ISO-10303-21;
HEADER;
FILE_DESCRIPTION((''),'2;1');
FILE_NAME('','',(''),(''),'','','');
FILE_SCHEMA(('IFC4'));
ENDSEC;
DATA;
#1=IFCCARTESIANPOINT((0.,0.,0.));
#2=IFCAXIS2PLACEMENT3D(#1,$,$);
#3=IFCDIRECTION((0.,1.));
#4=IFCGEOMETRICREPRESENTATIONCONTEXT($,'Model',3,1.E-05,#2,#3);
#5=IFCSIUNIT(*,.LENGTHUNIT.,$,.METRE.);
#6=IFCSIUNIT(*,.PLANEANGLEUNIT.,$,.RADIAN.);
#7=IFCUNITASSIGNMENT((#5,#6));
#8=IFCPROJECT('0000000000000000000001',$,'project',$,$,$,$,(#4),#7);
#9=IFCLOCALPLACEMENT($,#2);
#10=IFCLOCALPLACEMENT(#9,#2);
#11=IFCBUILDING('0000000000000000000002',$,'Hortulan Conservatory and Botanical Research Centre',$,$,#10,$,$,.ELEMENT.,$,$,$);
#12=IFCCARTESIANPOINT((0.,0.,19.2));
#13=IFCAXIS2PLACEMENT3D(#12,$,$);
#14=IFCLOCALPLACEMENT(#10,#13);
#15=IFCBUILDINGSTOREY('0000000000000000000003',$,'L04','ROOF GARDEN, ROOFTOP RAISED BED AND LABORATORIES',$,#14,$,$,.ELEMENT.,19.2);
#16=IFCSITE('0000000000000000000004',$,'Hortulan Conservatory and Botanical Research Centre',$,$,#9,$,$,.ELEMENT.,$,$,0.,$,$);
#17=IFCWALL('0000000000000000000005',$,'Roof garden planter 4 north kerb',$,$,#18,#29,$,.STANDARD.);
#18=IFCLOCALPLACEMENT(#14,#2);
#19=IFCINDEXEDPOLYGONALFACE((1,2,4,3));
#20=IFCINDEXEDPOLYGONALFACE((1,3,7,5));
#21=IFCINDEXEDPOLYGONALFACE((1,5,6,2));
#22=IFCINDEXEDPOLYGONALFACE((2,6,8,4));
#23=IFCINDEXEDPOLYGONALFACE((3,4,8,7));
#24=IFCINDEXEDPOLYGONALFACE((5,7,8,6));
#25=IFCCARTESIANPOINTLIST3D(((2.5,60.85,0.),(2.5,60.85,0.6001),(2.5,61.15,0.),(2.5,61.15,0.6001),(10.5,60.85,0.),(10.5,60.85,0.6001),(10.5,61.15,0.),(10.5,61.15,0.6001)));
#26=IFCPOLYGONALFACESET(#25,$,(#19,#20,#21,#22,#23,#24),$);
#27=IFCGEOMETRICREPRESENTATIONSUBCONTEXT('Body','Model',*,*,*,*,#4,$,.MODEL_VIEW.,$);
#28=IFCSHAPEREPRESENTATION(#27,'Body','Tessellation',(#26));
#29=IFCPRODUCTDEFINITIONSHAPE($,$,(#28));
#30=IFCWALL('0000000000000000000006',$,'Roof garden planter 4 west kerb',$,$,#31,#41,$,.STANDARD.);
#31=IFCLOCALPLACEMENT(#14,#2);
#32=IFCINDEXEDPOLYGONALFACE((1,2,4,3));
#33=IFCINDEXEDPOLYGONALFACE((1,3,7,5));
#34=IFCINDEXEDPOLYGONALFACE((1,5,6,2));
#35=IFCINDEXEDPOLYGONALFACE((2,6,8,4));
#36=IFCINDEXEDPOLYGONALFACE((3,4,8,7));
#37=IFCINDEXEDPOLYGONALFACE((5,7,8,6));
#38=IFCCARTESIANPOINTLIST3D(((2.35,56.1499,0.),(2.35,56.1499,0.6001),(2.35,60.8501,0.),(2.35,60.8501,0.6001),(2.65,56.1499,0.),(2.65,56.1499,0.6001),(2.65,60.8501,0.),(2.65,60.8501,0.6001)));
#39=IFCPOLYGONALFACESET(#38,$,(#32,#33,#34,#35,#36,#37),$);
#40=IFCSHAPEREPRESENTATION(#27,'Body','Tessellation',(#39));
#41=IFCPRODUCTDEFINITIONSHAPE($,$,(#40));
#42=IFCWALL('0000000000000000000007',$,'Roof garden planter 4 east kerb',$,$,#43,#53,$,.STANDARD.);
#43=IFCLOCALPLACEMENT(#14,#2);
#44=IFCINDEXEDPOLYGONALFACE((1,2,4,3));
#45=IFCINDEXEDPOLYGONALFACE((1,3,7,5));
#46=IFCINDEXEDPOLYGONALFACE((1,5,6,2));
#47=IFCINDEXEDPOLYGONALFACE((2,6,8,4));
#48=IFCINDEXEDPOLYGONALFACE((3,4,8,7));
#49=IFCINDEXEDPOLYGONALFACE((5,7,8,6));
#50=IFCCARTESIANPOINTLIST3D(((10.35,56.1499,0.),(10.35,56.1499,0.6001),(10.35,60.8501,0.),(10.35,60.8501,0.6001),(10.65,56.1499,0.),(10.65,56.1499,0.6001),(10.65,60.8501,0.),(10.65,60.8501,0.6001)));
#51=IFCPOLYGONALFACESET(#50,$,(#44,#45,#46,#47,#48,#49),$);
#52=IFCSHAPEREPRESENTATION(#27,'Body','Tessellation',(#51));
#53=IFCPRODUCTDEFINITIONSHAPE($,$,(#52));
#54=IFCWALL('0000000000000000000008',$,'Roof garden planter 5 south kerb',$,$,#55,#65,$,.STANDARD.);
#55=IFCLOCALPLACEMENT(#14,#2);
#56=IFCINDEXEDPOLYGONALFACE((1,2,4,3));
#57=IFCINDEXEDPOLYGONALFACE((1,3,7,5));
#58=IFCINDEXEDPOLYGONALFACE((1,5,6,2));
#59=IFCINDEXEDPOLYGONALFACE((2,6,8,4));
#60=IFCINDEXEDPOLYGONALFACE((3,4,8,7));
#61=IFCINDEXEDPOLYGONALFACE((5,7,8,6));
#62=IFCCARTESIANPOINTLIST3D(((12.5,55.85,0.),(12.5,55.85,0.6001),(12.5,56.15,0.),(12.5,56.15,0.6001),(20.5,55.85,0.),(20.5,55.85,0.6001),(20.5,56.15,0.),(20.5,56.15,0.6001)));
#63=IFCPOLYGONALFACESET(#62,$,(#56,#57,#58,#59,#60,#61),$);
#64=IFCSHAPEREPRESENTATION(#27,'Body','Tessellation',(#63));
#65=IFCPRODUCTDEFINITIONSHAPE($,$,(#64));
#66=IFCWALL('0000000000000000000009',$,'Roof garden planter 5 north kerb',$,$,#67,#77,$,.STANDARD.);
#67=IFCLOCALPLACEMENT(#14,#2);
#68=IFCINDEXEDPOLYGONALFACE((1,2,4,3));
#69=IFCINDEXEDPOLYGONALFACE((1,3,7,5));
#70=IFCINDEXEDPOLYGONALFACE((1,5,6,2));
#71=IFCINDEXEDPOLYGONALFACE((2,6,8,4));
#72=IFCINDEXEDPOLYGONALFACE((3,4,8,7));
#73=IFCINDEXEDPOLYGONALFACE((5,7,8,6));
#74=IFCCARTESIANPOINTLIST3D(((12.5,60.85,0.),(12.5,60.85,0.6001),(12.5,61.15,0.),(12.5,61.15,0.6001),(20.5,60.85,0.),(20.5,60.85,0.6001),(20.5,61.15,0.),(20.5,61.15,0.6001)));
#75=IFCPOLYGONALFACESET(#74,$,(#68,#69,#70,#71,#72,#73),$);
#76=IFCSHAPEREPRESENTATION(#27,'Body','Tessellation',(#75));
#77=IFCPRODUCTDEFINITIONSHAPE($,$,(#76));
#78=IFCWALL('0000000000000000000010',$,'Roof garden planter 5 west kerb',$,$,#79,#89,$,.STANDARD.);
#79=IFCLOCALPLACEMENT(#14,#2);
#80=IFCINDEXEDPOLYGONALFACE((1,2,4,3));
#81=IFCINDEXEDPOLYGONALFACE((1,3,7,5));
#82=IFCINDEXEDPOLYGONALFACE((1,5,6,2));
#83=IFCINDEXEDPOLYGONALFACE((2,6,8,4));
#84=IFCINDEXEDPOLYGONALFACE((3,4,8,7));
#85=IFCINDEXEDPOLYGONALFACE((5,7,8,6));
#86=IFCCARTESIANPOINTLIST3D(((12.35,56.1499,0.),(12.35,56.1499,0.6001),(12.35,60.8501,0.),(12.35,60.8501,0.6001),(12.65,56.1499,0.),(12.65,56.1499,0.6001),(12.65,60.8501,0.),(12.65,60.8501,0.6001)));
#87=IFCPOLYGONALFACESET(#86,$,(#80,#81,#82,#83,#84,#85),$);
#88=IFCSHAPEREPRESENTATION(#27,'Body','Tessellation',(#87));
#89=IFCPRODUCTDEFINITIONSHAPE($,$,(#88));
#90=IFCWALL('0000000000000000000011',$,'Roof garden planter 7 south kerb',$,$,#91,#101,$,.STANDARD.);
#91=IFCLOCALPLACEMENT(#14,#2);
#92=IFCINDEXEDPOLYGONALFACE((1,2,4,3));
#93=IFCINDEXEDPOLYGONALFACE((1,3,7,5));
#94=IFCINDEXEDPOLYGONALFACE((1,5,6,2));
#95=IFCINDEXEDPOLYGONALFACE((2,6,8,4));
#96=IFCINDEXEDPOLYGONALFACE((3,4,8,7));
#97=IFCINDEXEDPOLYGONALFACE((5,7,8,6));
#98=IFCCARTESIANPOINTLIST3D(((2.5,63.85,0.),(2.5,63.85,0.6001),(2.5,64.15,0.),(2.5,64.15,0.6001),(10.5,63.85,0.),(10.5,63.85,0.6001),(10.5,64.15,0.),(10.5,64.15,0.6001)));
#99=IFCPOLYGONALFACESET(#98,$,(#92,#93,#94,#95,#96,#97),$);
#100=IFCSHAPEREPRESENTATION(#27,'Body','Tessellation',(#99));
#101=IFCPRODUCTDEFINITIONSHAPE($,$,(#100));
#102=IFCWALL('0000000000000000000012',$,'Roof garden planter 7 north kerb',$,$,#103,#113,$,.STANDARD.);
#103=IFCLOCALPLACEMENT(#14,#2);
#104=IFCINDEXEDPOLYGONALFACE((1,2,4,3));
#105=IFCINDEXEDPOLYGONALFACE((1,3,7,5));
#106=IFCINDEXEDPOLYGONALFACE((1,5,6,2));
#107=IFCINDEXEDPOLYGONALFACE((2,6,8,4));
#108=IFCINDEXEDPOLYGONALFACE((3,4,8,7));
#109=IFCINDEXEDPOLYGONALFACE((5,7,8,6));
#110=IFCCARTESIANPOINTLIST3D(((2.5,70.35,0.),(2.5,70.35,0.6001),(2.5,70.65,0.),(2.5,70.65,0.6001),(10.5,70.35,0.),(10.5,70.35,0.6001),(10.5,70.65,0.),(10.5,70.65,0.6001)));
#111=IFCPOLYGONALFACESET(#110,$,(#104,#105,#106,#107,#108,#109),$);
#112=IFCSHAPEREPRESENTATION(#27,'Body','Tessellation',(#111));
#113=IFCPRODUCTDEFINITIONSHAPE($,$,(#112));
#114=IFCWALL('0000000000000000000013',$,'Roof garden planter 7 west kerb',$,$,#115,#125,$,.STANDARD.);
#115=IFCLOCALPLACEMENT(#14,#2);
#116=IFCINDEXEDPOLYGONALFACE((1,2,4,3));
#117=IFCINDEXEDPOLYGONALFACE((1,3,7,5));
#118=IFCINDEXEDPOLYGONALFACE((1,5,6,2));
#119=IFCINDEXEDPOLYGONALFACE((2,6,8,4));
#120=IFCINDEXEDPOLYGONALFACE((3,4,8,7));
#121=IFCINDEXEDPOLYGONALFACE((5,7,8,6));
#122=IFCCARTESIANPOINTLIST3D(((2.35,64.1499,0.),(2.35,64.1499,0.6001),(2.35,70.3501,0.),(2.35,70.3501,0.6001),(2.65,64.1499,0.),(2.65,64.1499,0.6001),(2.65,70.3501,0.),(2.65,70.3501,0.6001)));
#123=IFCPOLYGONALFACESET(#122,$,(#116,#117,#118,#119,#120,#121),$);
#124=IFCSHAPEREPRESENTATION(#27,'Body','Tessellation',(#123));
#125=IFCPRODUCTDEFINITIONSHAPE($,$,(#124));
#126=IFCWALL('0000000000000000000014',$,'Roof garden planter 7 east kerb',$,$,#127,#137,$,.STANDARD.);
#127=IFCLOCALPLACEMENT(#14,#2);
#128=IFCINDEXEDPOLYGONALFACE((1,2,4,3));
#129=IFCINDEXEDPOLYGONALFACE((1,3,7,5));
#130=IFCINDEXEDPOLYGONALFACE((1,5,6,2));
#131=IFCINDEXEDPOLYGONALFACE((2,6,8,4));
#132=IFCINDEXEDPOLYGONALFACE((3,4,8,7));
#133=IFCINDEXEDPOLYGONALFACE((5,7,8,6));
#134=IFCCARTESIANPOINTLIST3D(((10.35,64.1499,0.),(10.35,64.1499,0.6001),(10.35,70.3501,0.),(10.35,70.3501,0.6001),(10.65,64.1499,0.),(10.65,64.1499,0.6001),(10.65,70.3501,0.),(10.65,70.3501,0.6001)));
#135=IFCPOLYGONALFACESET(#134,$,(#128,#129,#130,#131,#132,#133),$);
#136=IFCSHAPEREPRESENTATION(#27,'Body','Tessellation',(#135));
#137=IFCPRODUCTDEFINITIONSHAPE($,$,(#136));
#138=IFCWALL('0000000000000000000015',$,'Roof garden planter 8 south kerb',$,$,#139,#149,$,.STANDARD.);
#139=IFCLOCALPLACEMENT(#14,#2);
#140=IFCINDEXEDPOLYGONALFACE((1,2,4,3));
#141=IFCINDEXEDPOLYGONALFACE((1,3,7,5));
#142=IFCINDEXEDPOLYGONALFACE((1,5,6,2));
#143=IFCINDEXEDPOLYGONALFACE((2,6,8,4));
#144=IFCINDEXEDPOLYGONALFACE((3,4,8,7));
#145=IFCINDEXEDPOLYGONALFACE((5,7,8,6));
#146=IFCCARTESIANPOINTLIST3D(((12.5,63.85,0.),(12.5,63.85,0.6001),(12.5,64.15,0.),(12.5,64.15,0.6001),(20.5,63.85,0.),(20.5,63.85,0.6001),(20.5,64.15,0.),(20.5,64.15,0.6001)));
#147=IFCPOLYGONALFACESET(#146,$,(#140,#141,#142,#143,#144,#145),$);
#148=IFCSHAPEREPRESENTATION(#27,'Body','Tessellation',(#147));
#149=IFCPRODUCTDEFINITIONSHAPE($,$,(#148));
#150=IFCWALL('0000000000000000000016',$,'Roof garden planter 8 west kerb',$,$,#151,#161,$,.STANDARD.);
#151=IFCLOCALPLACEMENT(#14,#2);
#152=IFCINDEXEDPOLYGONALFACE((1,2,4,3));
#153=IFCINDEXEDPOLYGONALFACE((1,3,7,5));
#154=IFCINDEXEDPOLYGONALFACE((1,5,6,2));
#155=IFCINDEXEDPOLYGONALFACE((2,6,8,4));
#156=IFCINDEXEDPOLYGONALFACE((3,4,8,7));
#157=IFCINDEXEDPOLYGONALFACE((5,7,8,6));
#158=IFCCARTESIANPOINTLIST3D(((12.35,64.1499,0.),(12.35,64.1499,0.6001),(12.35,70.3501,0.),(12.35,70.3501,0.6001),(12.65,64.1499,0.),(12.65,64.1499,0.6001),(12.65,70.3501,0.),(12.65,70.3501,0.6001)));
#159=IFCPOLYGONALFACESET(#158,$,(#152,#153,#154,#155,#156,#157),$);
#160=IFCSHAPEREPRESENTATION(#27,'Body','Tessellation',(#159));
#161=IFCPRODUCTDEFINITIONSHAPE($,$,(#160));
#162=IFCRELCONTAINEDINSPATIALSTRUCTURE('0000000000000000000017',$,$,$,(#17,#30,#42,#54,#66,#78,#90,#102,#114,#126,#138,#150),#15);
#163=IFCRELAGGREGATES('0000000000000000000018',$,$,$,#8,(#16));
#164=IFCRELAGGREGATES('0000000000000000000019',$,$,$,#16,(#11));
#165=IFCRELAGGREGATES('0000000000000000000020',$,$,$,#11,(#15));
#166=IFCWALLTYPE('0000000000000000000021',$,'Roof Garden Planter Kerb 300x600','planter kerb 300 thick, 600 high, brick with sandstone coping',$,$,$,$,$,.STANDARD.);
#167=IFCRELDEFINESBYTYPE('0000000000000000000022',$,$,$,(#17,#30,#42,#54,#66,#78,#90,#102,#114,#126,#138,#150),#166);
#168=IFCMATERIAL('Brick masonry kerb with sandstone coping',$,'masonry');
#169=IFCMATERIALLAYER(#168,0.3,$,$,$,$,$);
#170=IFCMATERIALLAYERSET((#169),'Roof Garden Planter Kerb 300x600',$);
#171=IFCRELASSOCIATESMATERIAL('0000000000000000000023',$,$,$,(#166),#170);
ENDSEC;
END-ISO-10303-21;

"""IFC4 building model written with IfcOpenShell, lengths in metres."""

from ifc_helpers import new_model, si_unit, direction, frame, frame_2d, origin, place, context, subcontext, project, spatial, rectangle, extrude, material, layer, layer_set, type_object, element, save


model = new_model("IFC4")

# Units and contexts
model_context = context("Model", 3, precision=1e-05, world=origin(), true_north=direction((0.0, 1.0)))
body_context = subcontext(model_context, "Body", "Model", "MODEL_VIEW")
ifc_project = project(units=[si_unit("LENGTHUNIT", "METRE"), si_unit("PLANEANGLEUNIT", "RADIAN")], contexts=[model_context])

# Site, building, storey
site_placement = place(None, origin())
site = spatial("IfcSite", under=ifc_project, at=site_placement, Name="Hortulan Conservatory and Botanical Research Centre", CompositionType="ELEMENT", RefElevation=0.0)
building_placement = place(site_placement, origin())
building = spatial("IfcBuilding", under=site, at=building_placement, Name="Hortulan Conservatory and Botanical Research Centre", CompositionType="ELEMENT")
storey_placement = place(building_placement, frame((0.0, 0.0, 19.2)))
storey = spatial("IfcBuildingStorey", under=building, at=storey_placement, Name="L04", Description="ROOF GARDEN, ROOFTOP RAISED BED AND LABORATORIES", CompositionType="ELEMENT", Elevation=19.2)

# Walls
ifc_material_1 = material(Name="Brick masonry kerb with sandstone coping", Category="masonry")
ifc_layer = layer(ifc_material_1, 0.3)
ifc_layer_set = layer_set([ifc_layer], Name="Roof Garden Planter Kerb 300x600")
wall_type = type_object("IfcWallType", Name="Roof Garden Planter Kerb 300x600", Description="planter kerb 300 thick, 600 high, brick with sandstone coping", PredefinedType="STANDARD", material=ifc_layer_set)
for number, where, z_axis, x_axis, name in (
    (1, (2.5, 61.0, 0.0), (0.0, 0.0, 1.0), (1.0, 0.0, 0.0), "Roof garden planter 4 north kerb"),
):
    element("IfcWall", number, at=place(storey_placement, frame(where, z_axis=z_axis, x_axis=x_axis)), inside=storey, type_object=wall_type, Name=name, PredefinedType="STANDARD", context=body_context, shape_type="SweptSolid", body=[
        extrude(rectangle(XDim=8.0, YDim=0.3, at=frame_2d((4.0, 0.0))), origin(), (0.0, 0.0, 1.0), 0.6001),
    ])
for number, where, z_axis, x_axis, name in (
    (2, (2.5, 56.1499, 0.0), (0.0, 0.0, 1.0), (0.0, 1.0, 0.0), "Roof garden planter 4 west kerb"),
    (3, (10.5, 56.1499, 0.0), (0.0, 0.0, 1.0), (0.0, 1.0, 0.0), "Roof garden planter 4 east kerb"),
):
    element("IfcWall", number, at=place(storey_placement, frame(where, z_axis=z_axis, x_axis=x_axis)), inside=storey, type_object=wall_type, Name=name, PredefinedType="STANDARD", context=body_context, shape_type="SweptSolid", body=[
        extrude(rectangle(XDim=4.7002, YDim=0.3, at=frame_2d((2.3501, 0.0))), origin(), (0.0, 0.0, 1.0), 0.6001),
    ])
for number, where, z_axis, x_axis, name in (
    (4, (12.5, 56.0, 0.0), (0.0, 0.0, 1.0), (1.0, 0.0, 0.0), "Roof garden planter 5 south kerb"),
    (5, (12.5, 61.0, 0.0), (0.0, 0.0, 1.0), (1.0, 0.0, 0.0), "Roof garden planter 5 north kerb"),
):
    element("IfcWall", number, at=place(storey_placement, frame(where, z_axis=z_axis, x_axis=x_axis)), inside=storey, type_object=wall_type, Name=name, PredefinedType="STANDARD", context=body_context, shape_type="SweptSolid", body=[
        extrude(rectangle(XDim=8.0, YDim=0.3, at=frame_2d((4.0, 0.0))), origin(), (0.0, 0.0, 1.0), 0.6001),
    ])
wall_1_placement = place(storey_placement, frame((12.5, 56.1499, 0.0), z_axis=(0.0, 0.0, 1.0), x_axis=(0.0, 1.0, 0.0)))
element("IfcWall", 6, at=wall_1_placement, inside=storey, type_object=wall_type, Name="Roof garden planter 5 west kerb", PredefinedType="STANDARD", context=body_context, shape_type="SweptSolid", body=[
    extrude(rectangle(XDim=4.7002, YDim=0.3, at=frame_2d((2.3501, 0.0))), origin(), (0.0, 0.0, 1.0), 0.6001),
])
for number, where, z_axis, x_axis, name in (
    (7, (2.5, 64.0, 0.0), (0.0, 0.0, 1.0), (1.0, 0.0, 0.0), "Roof garden planter 7 south kerb"),
    (8, (2.5, 70.5, 0.0), (0.0, 0.0, 1.0), (1.0, 0.0, 0.0), "Roof garden planter 7 north kerb"),
):
    element("IfcWall", number, at=place(storey_placement, frame(where, z_axis=z_axis, x_axis=x_axis)), inside=storey, type_object=wall_type, Name=name, PredefinedType="STANDARD", context=body_context, shape_type="SweptSolid", body=[
        extrude(rectangle(XDim=8.0, YDim=0.3, at=frame_2d((4.0, 0.0))), origin(), (0.0, 0.0, 1.0), 0.6001),
    ])
for number, where, z_axis, x_axis, name in (
    (9, (2.5, 64.1499, 0.0), (0.0, 0.0, 1.0), (0.0, 1.0, 0.0), "Roof garden planter 7 west kerb"),
    (10, (10.5, 64.1499, 0.0), (0.0, 0.0, 1.0), (0.0, 1.0, 0.0), "Roof garden planter 7 east kerb"),
):
    element("IfcWall", number, at=place(storey_placement, frame(where, z_axis=z_axis, x_axis=x_axis)), inside=storey, type_object=wall_type, Name=name, PredefinedType="STANDARD", context=body_context, shape_type="SweptSolid", body=[
        extrude(rectangle(XDim=6.2002, YDim=0.3, at=frame_2d((3.1001, 0.0))), origin(), (0.0, 0.0, 1.0), 0.6001),
    ])
wall_2_placement = place(storey_placement, frame((12.5, 64.0, 0.0), z_axis=(0.0, 0.0, 1.0), x_axis=(1.0, 0.0, 0.0)))
element("IfcWall", 11, at=wall_2_placement, inside=storey, type_object=wall_type, Name="Roof garden planter 8 south kerb", PredefinedType="STANDARD", context=body_context, shape_type="SweptSolid", body=[
    extrude(rectangle(XDim=8.0, YDim=0.3, at=frame_2d((4.0, 0.0))), origin(), (0.0, 0.0, 1.0), 0.6001),
])
wall_3_placement = place(storey_placement, frame((12.5, 64.1499, 0.0), z_axis=(0.0, 0.0, 1.0), x_axis=(0.0, 1.0, 0.0)))
element("IfcWall", 12, at=wall_3_placement, inside=storey, type_object=wall_type, Name="Roof garden planter 8 west kerb", PredefinedType="STANDARD", context=body_context, shape_type="SweptSolid", body=[
    extrude(rectangle(XDim=6.2002, YDim=0.3, at=frame_2d((3.1001, 0.0))), origin(), (0.0, 0.0, 1.0), 0.6001),
])

save(model, "model.ifc")
